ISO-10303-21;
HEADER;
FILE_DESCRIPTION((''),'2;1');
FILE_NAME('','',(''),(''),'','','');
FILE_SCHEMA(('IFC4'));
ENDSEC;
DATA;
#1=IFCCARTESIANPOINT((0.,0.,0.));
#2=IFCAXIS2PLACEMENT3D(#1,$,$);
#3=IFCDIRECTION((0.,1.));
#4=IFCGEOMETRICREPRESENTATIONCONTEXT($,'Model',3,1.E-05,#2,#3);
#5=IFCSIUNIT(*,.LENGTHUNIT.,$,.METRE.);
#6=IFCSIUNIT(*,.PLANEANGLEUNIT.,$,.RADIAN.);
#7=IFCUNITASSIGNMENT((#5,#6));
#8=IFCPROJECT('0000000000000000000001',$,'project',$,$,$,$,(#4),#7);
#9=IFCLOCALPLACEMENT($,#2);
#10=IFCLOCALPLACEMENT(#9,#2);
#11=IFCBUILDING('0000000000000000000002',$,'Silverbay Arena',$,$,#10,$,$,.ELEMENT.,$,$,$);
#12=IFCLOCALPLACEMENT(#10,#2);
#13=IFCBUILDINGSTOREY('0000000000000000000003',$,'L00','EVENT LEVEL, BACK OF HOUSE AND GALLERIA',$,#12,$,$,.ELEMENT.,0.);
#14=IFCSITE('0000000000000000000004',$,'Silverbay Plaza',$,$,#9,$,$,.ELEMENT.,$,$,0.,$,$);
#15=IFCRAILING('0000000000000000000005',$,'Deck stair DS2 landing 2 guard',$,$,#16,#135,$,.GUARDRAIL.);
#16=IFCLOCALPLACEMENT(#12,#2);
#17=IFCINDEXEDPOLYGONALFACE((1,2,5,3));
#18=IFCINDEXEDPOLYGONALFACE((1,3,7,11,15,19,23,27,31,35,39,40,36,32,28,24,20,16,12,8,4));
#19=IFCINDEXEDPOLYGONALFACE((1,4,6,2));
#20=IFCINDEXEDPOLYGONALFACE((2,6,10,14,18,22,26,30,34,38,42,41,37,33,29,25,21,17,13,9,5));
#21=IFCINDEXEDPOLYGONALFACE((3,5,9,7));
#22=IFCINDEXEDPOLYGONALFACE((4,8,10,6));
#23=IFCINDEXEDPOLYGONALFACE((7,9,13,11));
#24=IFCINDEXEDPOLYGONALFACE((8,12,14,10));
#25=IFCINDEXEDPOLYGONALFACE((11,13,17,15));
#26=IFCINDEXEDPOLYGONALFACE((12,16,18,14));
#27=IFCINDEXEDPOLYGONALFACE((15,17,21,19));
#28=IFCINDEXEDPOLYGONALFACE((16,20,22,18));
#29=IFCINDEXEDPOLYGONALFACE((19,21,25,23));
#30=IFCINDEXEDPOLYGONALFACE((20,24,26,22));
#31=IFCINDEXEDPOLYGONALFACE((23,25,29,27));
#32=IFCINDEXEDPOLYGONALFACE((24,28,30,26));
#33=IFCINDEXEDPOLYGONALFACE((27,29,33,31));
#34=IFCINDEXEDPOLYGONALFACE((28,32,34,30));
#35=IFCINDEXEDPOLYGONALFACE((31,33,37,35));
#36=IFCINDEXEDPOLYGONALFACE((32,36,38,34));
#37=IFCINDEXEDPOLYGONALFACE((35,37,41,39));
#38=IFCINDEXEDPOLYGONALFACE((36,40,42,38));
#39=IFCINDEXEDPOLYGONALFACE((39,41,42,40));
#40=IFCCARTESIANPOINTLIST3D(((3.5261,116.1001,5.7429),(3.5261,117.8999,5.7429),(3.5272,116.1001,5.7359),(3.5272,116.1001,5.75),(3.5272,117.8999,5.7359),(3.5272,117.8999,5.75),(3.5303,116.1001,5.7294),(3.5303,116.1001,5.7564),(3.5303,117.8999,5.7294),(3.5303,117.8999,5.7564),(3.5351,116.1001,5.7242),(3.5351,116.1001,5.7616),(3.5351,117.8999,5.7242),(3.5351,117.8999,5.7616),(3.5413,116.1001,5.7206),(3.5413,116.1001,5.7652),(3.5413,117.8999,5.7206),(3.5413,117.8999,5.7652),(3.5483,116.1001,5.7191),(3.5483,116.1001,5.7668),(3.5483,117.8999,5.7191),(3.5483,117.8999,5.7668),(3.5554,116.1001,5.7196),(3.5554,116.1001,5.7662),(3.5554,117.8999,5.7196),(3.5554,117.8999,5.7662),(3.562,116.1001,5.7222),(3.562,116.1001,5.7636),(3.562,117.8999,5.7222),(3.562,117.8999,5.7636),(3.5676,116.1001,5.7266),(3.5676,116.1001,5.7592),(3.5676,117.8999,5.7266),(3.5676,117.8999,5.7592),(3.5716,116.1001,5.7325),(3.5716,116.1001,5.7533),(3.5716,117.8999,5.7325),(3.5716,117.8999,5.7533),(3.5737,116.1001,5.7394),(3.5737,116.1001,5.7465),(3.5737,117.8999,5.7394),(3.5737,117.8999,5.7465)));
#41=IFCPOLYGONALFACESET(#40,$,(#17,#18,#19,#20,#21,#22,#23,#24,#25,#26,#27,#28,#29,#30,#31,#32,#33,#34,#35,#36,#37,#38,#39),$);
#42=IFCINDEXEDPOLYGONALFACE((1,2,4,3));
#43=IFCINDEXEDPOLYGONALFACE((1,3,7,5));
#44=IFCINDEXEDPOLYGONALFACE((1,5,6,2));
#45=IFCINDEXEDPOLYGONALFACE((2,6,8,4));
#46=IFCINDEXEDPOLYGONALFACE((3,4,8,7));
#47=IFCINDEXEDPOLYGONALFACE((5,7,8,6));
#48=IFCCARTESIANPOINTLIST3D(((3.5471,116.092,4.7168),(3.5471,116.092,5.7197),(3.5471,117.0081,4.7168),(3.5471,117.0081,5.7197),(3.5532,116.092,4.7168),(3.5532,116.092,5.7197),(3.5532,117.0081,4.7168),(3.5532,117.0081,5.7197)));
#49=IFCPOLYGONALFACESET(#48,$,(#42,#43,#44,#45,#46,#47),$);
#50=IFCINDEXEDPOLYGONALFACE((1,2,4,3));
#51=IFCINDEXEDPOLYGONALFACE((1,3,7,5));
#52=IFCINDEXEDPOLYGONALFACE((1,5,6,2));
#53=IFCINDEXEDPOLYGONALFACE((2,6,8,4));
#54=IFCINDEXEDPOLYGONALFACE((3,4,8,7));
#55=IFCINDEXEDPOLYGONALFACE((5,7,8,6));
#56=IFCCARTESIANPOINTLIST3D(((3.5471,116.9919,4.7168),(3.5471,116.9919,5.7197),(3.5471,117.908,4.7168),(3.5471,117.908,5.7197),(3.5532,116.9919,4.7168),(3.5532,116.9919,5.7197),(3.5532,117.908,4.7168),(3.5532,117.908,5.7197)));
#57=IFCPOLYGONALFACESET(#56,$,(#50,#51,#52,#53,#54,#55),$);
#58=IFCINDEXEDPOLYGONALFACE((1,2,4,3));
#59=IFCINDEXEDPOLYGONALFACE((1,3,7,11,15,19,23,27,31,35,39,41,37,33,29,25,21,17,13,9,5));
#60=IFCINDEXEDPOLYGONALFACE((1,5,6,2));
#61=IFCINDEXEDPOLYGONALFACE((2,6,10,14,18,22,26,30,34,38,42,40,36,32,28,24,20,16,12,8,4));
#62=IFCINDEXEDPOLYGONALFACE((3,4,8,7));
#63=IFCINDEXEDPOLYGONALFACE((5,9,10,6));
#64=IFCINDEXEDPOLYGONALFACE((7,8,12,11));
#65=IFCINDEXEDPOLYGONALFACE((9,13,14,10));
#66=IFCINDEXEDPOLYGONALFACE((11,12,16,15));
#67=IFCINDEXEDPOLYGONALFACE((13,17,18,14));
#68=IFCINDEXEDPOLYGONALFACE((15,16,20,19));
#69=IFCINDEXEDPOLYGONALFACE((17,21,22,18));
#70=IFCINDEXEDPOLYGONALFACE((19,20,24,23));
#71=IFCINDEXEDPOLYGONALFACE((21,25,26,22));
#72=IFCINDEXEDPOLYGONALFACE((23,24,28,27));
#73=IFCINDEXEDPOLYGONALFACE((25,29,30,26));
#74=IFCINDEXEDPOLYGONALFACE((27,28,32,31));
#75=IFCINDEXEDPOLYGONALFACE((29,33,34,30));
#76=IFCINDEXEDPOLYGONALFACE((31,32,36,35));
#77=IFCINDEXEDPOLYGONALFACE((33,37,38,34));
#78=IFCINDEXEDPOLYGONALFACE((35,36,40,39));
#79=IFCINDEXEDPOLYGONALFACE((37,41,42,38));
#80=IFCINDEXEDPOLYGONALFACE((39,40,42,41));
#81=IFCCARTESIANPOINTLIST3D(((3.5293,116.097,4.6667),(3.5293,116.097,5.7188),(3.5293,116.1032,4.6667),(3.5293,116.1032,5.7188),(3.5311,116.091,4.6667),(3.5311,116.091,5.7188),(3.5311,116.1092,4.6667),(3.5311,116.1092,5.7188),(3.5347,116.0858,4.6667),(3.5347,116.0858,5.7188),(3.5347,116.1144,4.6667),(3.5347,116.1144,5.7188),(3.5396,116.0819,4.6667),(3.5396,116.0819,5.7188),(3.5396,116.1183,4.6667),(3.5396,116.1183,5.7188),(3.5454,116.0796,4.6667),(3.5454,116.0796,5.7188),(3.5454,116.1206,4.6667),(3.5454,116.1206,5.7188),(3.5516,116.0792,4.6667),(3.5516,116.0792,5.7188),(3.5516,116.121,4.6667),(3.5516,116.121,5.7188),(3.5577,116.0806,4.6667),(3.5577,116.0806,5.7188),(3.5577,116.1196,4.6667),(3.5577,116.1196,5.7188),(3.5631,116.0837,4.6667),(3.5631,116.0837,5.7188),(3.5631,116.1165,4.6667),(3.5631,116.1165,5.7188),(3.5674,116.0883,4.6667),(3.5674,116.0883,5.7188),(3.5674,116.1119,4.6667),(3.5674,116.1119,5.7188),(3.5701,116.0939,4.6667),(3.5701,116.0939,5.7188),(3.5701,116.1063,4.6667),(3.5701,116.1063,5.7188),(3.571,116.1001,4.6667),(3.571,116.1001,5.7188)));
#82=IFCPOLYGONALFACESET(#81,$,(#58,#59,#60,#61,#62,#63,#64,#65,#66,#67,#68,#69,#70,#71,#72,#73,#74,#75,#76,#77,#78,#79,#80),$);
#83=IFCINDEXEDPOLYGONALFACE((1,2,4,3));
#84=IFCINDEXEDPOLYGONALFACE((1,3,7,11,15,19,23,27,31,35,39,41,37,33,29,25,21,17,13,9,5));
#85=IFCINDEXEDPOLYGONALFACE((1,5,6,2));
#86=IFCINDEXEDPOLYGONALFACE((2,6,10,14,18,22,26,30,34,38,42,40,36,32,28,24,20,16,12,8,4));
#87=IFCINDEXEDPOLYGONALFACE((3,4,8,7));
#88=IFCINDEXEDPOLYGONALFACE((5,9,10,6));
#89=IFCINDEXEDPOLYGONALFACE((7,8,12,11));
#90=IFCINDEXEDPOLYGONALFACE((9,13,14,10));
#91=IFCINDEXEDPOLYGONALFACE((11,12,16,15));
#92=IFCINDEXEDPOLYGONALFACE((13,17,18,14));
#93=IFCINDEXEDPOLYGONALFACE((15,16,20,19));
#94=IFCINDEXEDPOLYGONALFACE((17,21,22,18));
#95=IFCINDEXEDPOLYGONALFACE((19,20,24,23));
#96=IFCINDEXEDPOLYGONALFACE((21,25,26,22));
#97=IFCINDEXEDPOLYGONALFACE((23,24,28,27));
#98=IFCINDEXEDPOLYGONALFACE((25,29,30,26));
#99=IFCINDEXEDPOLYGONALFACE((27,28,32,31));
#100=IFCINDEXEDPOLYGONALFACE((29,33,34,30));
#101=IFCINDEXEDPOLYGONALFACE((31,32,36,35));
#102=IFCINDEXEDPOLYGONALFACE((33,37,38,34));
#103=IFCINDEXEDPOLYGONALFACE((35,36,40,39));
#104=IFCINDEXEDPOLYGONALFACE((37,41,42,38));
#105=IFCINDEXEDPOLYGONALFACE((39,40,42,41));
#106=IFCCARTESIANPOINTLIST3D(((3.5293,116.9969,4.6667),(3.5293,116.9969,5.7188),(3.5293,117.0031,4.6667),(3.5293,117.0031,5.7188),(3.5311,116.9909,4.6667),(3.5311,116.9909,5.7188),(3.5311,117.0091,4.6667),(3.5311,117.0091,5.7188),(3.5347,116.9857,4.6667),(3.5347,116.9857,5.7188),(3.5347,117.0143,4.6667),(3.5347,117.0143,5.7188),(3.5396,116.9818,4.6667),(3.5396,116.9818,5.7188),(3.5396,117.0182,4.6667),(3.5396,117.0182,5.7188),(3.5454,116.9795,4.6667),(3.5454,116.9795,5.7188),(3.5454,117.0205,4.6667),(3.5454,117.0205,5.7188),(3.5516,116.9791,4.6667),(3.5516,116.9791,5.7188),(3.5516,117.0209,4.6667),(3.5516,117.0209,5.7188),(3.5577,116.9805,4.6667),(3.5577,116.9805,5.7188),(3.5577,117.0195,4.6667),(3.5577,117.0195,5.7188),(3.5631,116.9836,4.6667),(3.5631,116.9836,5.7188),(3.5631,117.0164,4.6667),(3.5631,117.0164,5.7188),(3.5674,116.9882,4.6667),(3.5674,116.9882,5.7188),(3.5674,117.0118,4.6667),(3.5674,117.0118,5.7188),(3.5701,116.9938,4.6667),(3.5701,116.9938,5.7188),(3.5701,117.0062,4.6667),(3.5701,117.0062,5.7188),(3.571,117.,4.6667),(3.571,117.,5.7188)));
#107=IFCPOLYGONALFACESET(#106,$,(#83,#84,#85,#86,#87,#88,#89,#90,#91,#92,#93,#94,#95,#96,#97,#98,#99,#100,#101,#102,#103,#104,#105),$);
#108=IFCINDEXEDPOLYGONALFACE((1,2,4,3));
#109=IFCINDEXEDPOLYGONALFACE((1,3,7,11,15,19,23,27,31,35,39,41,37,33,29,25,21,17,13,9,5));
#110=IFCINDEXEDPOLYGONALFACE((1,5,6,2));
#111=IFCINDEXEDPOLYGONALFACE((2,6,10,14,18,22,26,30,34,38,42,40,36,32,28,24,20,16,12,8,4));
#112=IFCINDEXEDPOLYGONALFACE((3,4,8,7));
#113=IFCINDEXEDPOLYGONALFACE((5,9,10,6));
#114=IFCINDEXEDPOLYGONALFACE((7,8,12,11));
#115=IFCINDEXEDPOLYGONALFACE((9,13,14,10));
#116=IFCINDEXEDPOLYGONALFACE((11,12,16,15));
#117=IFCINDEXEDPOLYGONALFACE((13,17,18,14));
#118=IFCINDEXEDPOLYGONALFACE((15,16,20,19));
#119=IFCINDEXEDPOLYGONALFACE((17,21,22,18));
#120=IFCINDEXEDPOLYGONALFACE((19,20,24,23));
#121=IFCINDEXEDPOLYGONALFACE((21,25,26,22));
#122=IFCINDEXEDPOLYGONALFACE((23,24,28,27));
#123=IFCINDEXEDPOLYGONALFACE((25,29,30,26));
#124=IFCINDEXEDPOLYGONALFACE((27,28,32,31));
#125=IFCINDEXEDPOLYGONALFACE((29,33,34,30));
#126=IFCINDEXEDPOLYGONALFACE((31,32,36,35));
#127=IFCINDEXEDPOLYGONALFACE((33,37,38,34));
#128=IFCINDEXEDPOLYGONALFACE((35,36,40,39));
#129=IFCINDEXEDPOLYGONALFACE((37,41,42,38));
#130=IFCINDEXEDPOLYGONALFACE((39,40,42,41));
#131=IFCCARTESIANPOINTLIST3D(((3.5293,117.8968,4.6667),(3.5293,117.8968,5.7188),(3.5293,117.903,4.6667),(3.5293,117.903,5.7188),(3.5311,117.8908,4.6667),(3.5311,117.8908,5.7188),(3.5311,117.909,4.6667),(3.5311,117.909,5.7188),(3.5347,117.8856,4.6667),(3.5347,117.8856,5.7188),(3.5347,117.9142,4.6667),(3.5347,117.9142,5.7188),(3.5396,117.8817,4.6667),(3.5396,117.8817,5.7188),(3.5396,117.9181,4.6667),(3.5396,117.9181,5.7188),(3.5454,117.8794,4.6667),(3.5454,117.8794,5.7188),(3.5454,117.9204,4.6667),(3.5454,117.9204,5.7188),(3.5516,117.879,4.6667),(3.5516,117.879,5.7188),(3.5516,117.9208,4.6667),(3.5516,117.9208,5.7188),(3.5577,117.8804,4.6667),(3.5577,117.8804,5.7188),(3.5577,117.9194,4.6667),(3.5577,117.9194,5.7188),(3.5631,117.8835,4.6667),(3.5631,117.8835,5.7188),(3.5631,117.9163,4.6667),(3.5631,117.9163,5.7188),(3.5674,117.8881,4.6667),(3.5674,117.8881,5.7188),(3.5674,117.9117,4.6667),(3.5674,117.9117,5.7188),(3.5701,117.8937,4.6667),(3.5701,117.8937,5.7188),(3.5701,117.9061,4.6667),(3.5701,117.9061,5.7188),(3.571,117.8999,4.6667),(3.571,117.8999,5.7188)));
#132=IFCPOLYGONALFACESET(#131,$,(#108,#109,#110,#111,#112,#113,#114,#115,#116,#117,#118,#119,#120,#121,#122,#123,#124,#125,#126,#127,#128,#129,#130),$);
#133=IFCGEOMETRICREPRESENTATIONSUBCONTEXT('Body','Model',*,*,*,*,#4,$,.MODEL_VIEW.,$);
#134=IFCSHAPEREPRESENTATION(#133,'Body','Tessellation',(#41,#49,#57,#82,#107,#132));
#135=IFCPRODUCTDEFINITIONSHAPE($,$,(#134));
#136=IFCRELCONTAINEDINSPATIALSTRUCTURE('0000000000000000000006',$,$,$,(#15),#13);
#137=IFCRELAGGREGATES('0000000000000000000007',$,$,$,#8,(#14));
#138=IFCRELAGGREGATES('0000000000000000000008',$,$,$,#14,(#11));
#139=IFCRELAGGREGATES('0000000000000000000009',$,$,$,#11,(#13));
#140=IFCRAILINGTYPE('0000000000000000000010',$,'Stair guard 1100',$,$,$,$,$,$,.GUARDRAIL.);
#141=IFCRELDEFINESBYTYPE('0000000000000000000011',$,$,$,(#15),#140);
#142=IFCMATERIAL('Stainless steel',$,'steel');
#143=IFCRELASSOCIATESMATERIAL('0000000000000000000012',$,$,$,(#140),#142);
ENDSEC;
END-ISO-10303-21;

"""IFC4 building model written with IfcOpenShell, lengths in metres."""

from ifc_helpers import new_model, si_unit, direction, frame, origin, origin_2d, place, context, subcontext, project, spatial, polyline, circle, outline, extrude, material, type_object, element, save


model = new_model("IFC4")

# Units and contexts
model_context = context("Model", 3, precision=1e-05, world=origin(), true_north=direction((0.0, 1.0)))
body_context = subcontext(model_context, "Body", "Model", "MODEL_VIEW")
ifc_project = project(units=[si_unit("LENGTHUNIT", "METRE"), si_unit("PLANEANGLEUNIT", "RADIAN")], contexts=[model_context])

# Site, building, storey
site_placement = place(None, origin())
site = spatial("IfcSite", under=ifc_project, at=site_placement, Name="Silverbay Plaza", CompositionType="ELEMENT", RefElevation=0.0)
building_placement = place(site_placement, origin())
building = spatial("IfcBuilding", under=site, at=building_placement, Name="Silverbay Arena", CompositionType="ELEMENT")
storey_placement = place(building_placement, origin())
storey = spatial("IfcBuildingStorey", under=building, at=storey_placement, Name="L00", Description="EVENT LEVEL, BACK OF HOUSE AND GALLERIA", CompositionType="ELEMENT", Elevation=0.0)

# Railing
ifc_material_1 = material(Name="Stainless steel", Category="steel")
railing_type_1 = type_object("IfcRailingType", Name="Stair guard 1100", PredefinedType="GUARDRAIL", material=ifc_material_1)
for number, where, name in (
    (1, (3.55, 116.1001, 4.6667), "Deck stair DS2 landing 2 guard"),
):
    element("IfcRailing", number, at=place(storey_placement, frame(where)), inside=storey, type_object=railing_type_1, Name=name, PredefinedType="GUARDRAIL", context=body_context, shape_type="SweptSolid", body=[
        extrude(circle(Radius=0.0239, at=origin_2d()), frame((0.0, 0.0, 1.0762), z_axis=(0.0, 1.0, 0.0), x_axis=(-1.0, 0.0, 0.0)), (0.0, 0.0, 1.0), 1.7998),
        extrude(outline(polyline([(-0.0081, 0.05), (0.908, 0.05), (0.908, 1.053), (-0.0081, 1.053), (-0.0081, 0.05)])), frame((-0.0029, 0.0, 0.0), z_axis=(1.0, 0.0, 0.0), x_axis=(0.0, 1.0, 0.0)), (0.0, 0.0, 1.0), 0.0061),
        extrude(outline(polyline([(-0.0081, 0.05), (0.908, 0.05), (0.908, 1.053), (-0.0081, 1.053), (-0.0081, 0.05)])), frame((-0.0029, 0.8999, 0.0), z_axis=(1.0, 0.0, 0.0), x_axis=(0.0, 1.0, 0.0)), (0.0, 0.0, 1.0), 0.0061),
        extrude(circle(Radius=0.021, at=origin_2d()), origin(), (0.0, 0.0, 1.0), 1.052),
        extrude(circle(Radius=0.021, at=origin_2d()), frame((0.0, 0.8999, 0.0)), (0.0, 0.0, 1.0), 1.052),
        extrude(circle(Radius=0.021, at=origin_2d()), frame((0.0, 1.7998, 0.0)), (0.0, 0.0, 1.0), 1.052),
    ])

save(model, "model.ifc")
